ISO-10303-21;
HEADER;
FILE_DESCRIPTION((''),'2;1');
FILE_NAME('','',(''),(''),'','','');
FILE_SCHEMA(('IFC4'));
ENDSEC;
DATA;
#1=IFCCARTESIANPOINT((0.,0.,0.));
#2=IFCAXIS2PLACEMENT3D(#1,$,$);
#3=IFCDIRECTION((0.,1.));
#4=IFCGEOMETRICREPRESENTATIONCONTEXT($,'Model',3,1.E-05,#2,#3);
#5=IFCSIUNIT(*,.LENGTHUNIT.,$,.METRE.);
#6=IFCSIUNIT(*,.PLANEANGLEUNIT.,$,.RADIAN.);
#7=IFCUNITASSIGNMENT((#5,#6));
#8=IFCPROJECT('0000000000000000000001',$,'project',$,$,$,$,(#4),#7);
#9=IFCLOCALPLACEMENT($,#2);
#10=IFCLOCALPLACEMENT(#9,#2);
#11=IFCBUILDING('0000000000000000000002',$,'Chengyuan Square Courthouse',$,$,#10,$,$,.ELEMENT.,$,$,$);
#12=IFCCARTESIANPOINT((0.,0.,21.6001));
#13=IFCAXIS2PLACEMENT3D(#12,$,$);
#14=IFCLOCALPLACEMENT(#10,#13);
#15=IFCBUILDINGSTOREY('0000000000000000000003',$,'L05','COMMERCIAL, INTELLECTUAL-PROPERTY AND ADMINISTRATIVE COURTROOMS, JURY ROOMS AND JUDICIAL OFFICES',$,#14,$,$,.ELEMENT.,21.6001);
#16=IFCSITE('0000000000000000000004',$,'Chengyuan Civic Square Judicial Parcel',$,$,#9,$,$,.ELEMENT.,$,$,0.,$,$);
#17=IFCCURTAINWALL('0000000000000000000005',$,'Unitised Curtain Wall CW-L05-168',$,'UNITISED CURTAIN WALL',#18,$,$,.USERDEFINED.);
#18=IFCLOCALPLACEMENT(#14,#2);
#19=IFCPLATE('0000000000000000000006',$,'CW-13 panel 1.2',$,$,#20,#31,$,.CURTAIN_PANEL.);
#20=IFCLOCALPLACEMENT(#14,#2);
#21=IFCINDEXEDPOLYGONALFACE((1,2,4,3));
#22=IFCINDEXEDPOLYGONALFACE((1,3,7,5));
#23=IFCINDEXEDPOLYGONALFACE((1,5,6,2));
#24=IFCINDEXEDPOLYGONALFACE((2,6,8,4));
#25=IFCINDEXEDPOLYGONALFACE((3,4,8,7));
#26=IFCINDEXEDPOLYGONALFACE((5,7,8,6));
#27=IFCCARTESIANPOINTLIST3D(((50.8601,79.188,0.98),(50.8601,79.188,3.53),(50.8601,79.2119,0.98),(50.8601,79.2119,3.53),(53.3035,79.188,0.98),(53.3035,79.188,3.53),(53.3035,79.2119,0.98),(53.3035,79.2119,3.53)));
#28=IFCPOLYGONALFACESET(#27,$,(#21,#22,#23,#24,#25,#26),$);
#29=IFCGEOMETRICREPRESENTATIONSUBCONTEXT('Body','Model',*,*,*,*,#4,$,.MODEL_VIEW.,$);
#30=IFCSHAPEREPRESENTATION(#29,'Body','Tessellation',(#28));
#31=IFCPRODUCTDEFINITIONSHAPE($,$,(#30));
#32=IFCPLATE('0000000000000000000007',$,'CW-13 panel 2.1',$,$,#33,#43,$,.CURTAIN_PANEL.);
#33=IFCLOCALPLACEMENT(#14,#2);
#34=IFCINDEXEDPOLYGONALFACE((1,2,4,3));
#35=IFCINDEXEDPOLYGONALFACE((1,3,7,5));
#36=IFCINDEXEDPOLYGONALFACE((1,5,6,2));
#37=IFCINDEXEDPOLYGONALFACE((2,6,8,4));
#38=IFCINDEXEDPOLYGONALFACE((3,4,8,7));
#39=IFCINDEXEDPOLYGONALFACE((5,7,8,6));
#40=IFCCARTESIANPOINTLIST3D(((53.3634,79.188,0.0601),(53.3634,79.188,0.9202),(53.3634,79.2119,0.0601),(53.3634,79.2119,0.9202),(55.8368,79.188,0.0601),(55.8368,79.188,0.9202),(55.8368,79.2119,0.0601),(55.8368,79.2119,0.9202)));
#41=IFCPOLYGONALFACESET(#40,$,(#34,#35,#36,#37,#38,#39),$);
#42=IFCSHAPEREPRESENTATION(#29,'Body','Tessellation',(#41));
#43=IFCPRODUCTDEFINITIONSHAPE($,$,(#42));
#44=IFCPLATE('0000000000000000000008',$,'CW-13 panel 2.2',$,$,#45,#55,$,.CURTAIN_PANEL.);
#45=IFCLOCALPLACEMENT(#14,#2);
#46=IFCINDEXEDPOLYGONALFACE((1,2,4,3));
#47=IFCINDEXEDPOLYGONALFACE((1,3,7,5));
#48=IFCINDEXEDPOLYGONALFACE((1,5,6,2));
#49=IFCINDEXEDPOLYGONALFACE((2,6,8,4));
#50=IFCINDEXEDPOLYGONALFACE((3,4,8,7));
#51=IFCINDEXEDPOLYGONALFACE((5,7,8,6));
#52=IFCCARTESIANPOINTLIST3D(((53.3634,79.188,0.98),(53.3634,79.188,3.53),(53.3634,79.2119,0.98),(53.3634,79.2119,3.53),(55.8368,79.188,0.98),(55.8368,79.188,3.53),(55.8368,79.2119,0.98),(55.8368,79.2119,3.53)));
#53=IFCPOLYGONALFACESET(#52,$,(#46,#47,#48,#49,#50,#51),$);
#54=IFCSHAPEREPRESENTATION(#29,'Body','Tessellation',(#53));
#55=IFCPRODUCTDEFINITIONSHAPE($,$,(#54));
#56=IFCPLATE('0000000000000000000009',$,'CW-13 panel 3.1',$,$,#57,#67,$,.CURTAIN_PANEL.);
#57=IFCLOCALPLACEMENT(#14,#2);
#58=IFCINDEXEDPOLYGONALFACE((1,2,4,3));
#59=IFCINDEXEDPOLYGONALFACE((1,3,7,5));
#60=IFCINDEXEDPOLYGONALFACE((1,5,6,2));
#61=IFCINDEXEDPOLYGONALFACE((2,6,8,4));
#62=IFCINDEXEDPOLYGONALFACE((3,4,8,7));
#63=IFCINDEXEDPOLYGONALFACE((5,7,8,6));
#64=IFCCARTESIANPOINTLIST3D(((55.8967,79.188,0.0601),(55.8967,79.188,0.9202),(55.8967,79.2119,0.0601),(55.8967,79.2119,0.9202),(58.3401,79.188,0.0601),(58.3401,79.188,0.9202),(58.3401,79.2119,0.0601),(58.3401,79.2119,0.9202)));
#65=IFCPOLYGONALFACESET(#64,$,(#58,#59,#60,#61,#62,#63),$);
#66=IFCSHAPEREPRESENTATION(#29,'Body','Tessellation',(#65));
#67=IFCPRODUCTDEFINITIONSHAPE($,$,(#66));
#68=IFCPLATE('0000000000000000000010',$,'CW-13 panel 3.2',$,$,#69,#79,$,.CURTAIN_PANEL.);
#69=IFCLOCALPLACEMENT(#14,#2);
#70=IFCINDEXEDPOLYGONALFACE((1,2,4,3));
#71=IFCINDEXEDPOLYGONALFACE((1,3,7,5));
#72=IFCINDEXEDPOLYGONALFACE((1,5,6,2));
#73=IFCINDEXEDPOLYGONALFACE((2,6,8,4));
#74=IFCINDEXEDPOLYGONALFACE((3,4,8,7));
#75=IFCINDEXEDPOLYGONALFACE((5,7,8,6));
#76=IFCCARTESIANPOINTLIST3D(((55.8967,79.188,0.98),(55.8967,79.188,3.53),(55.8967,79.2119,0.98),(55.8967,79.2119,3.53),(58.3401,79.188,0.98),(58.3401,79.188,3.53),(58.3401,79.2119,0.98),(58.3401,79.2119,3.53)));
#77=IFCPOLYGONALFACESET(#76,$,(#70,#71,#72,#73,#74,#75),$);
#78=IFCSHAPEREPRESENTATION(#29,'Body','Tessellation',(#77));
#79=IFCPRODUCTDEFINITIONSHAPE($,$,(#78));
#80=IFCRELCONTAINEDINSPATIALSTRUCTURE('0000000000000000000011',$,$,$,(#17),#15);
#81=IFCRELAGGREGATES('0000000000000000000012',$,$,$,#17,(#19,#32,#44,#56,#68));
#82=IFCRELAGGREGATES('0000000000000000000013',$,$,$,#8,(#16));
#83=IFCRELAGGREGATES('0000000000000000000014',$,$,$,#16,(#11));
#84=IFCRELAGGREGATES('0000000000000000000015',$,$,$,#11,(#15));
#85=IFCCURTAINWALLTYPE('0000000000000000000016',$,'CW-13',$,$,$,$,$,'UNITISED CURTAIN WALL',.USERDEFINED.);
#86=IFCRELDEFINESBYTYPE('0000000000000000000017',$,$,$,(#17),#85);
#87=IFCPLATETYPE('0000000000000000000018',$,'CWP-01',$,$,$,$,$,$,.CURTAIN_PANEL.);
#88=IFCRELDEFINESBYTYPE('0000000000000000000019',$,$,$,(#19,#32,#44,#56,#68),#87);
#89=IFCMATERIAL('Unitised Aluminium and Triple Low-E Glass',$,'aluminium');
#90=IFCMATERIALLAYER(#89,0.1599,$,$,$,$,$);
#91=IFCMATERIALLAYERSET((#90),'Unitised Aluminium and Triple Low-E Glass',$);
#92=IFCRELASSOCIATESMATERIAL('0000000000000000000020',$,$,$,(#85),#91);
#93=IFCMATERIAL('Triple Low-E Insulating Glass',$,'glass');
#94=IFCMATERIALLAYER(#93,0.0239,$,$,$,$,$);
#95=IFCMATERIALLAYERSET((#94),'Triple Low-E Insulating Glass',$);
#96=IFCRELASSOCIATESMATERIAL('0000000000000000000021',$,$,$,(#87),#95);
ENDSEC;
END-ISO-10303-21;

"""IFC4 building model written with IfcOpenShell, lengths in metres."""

from ifc_helpers import new_model, si_unit, direction, frame, origin, origin_2d, place, context, subcontext, project, spatial, rectangle, extrude, material, layer, layer_set, type_object, element, aggregate, save


model = new_model("IFC4")

# Units and contexts
model_context = context("Model", 3, precision=1e-05, world=origin(), true_north=direction((0.0, 1.0)))
body_context = subcontext(model_context, "Body", "Model", "MODEL_VIEW")
ifc_project = project(units=[si_unit("LENGTHUNIT", "METRE"), si_unit("PLANEANGLEUNIT", "RADIAN")], contexts=[model_context])

# Site, building, storey
site_placement = place(None, origin())
site = spatial("IfcSite", under=ifc_project, at=site_placement, Name="Chengyuan Civic Square Judicial Parcel", CompositionType="ELEMENT", RefElevation=0.0)
building_placement = place(site_placement, origin())
building = spatial("IfcBuilding", under=site, at=building_placement, Name="Chengyuan Square Courthouse", CompositionType="ELEMENT")
storey_placement = place(building_placement, frame((0.0, 0.0, 21.6001)))
storey = spatial("IfcBuildingStorey", under=building, at=storey_placement, Name="L05", Description="COMMERCIAL, INTELLECTUAL-PROPERTY AND ADMINISTRATIVE COURTROOMS, JURY ROOMS AND JUDICIAL OFFICES", CompositionType="ELEMENT", Elevation=21.6001)

# Curtain wall
ifc_material_1 = material(Name="Unitised Aluminium and Triple Low-E Glass", Category="aluminium")
ifc_layer_1 = layer(ifc_material_1, 0.1599)
ifc_layer_set_1 = layer_set([ifc_layer_1], Name="Unitised Aluminium and Triple Low-E Glass")
curtain_wall_type = type_object("IfcCurtainWallType", Name="CW-13", ElementType="UNITISED CURTAIN WALL", PredefinedType="USERDEFINED", material=ifc_layer_set_1)
curtain_wall_1_placement = place(storey_placement, origin())
curtain_wall_1 = element("IfcCurtainWall", 1, at=curtain_wall_1_placement, inside=storey, type_object=curtain_wall_type, Name="Unitised Curtain Wall CW-L05-168", ObjectType="UNITISED CURTAIN WALL", PredefinedType="USERDEFINED")

# Plates
ifc_material_2 = material(Name="Triple Low-E Insulating Glass", Category="glass")
ifc_layer_2 = layer(ifc_material_2, 0.0239)
ifc_layer_set_2 = layer_set([ifc_layer_2], Name="Triple Low-E Insulating Glass")
plate_type = type_object("IfcPlateType", Name="CWP-01", PredefinedType="CURTAIN_PANEL", material=ifc_layer_set_2)
plate_1_placement = place(storey_placement, frame((52.0818, 79.2, 0.98), z_axis=(0.0, 0.0, 1.0), x_axis=(1.0, 0.0, 0.0)))
plate_1 = element("IfcPlate", 2, at=plate_1_placement, type_object=plate_type, Name="CW-13 panel 1.2", PredefinedType="CURTAIN_PANEL", context=body_context, shape_type="SweptSolid", body=[
    extrude(rectangle(XDim=2.4434, YDim=0.0239, at=origin_2d()), origin(), (0.0, 0.0, 1.0), 2.55),
])
plate_2_placement = place(storey_placement, frame((54.6001, 79.2, 0.0601), z_axis=(0.0, 0.0, 1.0), x_axis=(1.0, 0.0, 0.0)))
plate_2 = element("IfcPlate", 3, at=plate_2_placement, type_object=plate_type, Name="CW-13 panel 2.1", PredefinedType="CURTAIN_PANEL", context=body_context, shape_type="SweptSolid", body=[
    extrude(rectangle(XDim=2.4734, YDim=0.0239, at=origin_2d()), origin(), (0.0, 0.0, 1.0), 0.8601),
])
plate_3_placement = place(storey_placement, frame((54.6001, 79.2, 0.98), z_axis=(0.0, 0.0, 1.0), x_axis=(1.0, 0.0, 0.0)))
plate_3 = element("IfcPlate", 4, at=plate_3_placement, type_object=plate_type, Name="CW-13 panel 2.2", PredefinedType="CURTAIN_PANEL", context=body_context, shape_type="SweptSolid", body=[
    extrude(rectangle(XDim=2.4734, YDim=0.0239, at=origin_2d()), origin(), (0.0, 0.0, 1.0), 2.55),
])
plate_4_placement = place(storey_placement, frame((57.1184, 79.2, 0.0601), z_axis=(0.0, 0.0, 1.0), x_axis=(1.0, 0.0, 0.0)))
plate_4 = element("IfcPlate", 5, at=plate_4_placement, type_object=plate_type, Name="CW-13 panel 3.1", PredefinedType="CURTAIN_PANEL", context=body_context, shape_type="SweptSolid", body=[
    extrude(rectangle(XDim=2.4434, YDim=0.0239, at=origin_2d()), origin(), (0.0, 0.0, 1.0), 0.8601),
])
plate_5_placement = place(storey_placement, frame((57.1184, 79.2, 0.98), z_axis=(0.0, 0.0, 1.0), x_axis=(1.0, 0.0, 0.0)))
plate_5 = element("IfcPlate", 6, at=plate_5_placement, type_object=plate_type, Name="CW-13 panel 3.2", PredefinedType="CURTAIN_PANEL", context=body_context, shape_type="SweptSolid", body=[
    extrude(rectangle(XDim=2.4434, YDim=0.0239, at=origin_2d()), origin(), (0.0, 0.0, 1.0), 2.55),
])
aggregate(curtain_wall_1, [plate_1, plate_2, plate_3, plate_4, plate_5])

save(model, "model.ifc")
